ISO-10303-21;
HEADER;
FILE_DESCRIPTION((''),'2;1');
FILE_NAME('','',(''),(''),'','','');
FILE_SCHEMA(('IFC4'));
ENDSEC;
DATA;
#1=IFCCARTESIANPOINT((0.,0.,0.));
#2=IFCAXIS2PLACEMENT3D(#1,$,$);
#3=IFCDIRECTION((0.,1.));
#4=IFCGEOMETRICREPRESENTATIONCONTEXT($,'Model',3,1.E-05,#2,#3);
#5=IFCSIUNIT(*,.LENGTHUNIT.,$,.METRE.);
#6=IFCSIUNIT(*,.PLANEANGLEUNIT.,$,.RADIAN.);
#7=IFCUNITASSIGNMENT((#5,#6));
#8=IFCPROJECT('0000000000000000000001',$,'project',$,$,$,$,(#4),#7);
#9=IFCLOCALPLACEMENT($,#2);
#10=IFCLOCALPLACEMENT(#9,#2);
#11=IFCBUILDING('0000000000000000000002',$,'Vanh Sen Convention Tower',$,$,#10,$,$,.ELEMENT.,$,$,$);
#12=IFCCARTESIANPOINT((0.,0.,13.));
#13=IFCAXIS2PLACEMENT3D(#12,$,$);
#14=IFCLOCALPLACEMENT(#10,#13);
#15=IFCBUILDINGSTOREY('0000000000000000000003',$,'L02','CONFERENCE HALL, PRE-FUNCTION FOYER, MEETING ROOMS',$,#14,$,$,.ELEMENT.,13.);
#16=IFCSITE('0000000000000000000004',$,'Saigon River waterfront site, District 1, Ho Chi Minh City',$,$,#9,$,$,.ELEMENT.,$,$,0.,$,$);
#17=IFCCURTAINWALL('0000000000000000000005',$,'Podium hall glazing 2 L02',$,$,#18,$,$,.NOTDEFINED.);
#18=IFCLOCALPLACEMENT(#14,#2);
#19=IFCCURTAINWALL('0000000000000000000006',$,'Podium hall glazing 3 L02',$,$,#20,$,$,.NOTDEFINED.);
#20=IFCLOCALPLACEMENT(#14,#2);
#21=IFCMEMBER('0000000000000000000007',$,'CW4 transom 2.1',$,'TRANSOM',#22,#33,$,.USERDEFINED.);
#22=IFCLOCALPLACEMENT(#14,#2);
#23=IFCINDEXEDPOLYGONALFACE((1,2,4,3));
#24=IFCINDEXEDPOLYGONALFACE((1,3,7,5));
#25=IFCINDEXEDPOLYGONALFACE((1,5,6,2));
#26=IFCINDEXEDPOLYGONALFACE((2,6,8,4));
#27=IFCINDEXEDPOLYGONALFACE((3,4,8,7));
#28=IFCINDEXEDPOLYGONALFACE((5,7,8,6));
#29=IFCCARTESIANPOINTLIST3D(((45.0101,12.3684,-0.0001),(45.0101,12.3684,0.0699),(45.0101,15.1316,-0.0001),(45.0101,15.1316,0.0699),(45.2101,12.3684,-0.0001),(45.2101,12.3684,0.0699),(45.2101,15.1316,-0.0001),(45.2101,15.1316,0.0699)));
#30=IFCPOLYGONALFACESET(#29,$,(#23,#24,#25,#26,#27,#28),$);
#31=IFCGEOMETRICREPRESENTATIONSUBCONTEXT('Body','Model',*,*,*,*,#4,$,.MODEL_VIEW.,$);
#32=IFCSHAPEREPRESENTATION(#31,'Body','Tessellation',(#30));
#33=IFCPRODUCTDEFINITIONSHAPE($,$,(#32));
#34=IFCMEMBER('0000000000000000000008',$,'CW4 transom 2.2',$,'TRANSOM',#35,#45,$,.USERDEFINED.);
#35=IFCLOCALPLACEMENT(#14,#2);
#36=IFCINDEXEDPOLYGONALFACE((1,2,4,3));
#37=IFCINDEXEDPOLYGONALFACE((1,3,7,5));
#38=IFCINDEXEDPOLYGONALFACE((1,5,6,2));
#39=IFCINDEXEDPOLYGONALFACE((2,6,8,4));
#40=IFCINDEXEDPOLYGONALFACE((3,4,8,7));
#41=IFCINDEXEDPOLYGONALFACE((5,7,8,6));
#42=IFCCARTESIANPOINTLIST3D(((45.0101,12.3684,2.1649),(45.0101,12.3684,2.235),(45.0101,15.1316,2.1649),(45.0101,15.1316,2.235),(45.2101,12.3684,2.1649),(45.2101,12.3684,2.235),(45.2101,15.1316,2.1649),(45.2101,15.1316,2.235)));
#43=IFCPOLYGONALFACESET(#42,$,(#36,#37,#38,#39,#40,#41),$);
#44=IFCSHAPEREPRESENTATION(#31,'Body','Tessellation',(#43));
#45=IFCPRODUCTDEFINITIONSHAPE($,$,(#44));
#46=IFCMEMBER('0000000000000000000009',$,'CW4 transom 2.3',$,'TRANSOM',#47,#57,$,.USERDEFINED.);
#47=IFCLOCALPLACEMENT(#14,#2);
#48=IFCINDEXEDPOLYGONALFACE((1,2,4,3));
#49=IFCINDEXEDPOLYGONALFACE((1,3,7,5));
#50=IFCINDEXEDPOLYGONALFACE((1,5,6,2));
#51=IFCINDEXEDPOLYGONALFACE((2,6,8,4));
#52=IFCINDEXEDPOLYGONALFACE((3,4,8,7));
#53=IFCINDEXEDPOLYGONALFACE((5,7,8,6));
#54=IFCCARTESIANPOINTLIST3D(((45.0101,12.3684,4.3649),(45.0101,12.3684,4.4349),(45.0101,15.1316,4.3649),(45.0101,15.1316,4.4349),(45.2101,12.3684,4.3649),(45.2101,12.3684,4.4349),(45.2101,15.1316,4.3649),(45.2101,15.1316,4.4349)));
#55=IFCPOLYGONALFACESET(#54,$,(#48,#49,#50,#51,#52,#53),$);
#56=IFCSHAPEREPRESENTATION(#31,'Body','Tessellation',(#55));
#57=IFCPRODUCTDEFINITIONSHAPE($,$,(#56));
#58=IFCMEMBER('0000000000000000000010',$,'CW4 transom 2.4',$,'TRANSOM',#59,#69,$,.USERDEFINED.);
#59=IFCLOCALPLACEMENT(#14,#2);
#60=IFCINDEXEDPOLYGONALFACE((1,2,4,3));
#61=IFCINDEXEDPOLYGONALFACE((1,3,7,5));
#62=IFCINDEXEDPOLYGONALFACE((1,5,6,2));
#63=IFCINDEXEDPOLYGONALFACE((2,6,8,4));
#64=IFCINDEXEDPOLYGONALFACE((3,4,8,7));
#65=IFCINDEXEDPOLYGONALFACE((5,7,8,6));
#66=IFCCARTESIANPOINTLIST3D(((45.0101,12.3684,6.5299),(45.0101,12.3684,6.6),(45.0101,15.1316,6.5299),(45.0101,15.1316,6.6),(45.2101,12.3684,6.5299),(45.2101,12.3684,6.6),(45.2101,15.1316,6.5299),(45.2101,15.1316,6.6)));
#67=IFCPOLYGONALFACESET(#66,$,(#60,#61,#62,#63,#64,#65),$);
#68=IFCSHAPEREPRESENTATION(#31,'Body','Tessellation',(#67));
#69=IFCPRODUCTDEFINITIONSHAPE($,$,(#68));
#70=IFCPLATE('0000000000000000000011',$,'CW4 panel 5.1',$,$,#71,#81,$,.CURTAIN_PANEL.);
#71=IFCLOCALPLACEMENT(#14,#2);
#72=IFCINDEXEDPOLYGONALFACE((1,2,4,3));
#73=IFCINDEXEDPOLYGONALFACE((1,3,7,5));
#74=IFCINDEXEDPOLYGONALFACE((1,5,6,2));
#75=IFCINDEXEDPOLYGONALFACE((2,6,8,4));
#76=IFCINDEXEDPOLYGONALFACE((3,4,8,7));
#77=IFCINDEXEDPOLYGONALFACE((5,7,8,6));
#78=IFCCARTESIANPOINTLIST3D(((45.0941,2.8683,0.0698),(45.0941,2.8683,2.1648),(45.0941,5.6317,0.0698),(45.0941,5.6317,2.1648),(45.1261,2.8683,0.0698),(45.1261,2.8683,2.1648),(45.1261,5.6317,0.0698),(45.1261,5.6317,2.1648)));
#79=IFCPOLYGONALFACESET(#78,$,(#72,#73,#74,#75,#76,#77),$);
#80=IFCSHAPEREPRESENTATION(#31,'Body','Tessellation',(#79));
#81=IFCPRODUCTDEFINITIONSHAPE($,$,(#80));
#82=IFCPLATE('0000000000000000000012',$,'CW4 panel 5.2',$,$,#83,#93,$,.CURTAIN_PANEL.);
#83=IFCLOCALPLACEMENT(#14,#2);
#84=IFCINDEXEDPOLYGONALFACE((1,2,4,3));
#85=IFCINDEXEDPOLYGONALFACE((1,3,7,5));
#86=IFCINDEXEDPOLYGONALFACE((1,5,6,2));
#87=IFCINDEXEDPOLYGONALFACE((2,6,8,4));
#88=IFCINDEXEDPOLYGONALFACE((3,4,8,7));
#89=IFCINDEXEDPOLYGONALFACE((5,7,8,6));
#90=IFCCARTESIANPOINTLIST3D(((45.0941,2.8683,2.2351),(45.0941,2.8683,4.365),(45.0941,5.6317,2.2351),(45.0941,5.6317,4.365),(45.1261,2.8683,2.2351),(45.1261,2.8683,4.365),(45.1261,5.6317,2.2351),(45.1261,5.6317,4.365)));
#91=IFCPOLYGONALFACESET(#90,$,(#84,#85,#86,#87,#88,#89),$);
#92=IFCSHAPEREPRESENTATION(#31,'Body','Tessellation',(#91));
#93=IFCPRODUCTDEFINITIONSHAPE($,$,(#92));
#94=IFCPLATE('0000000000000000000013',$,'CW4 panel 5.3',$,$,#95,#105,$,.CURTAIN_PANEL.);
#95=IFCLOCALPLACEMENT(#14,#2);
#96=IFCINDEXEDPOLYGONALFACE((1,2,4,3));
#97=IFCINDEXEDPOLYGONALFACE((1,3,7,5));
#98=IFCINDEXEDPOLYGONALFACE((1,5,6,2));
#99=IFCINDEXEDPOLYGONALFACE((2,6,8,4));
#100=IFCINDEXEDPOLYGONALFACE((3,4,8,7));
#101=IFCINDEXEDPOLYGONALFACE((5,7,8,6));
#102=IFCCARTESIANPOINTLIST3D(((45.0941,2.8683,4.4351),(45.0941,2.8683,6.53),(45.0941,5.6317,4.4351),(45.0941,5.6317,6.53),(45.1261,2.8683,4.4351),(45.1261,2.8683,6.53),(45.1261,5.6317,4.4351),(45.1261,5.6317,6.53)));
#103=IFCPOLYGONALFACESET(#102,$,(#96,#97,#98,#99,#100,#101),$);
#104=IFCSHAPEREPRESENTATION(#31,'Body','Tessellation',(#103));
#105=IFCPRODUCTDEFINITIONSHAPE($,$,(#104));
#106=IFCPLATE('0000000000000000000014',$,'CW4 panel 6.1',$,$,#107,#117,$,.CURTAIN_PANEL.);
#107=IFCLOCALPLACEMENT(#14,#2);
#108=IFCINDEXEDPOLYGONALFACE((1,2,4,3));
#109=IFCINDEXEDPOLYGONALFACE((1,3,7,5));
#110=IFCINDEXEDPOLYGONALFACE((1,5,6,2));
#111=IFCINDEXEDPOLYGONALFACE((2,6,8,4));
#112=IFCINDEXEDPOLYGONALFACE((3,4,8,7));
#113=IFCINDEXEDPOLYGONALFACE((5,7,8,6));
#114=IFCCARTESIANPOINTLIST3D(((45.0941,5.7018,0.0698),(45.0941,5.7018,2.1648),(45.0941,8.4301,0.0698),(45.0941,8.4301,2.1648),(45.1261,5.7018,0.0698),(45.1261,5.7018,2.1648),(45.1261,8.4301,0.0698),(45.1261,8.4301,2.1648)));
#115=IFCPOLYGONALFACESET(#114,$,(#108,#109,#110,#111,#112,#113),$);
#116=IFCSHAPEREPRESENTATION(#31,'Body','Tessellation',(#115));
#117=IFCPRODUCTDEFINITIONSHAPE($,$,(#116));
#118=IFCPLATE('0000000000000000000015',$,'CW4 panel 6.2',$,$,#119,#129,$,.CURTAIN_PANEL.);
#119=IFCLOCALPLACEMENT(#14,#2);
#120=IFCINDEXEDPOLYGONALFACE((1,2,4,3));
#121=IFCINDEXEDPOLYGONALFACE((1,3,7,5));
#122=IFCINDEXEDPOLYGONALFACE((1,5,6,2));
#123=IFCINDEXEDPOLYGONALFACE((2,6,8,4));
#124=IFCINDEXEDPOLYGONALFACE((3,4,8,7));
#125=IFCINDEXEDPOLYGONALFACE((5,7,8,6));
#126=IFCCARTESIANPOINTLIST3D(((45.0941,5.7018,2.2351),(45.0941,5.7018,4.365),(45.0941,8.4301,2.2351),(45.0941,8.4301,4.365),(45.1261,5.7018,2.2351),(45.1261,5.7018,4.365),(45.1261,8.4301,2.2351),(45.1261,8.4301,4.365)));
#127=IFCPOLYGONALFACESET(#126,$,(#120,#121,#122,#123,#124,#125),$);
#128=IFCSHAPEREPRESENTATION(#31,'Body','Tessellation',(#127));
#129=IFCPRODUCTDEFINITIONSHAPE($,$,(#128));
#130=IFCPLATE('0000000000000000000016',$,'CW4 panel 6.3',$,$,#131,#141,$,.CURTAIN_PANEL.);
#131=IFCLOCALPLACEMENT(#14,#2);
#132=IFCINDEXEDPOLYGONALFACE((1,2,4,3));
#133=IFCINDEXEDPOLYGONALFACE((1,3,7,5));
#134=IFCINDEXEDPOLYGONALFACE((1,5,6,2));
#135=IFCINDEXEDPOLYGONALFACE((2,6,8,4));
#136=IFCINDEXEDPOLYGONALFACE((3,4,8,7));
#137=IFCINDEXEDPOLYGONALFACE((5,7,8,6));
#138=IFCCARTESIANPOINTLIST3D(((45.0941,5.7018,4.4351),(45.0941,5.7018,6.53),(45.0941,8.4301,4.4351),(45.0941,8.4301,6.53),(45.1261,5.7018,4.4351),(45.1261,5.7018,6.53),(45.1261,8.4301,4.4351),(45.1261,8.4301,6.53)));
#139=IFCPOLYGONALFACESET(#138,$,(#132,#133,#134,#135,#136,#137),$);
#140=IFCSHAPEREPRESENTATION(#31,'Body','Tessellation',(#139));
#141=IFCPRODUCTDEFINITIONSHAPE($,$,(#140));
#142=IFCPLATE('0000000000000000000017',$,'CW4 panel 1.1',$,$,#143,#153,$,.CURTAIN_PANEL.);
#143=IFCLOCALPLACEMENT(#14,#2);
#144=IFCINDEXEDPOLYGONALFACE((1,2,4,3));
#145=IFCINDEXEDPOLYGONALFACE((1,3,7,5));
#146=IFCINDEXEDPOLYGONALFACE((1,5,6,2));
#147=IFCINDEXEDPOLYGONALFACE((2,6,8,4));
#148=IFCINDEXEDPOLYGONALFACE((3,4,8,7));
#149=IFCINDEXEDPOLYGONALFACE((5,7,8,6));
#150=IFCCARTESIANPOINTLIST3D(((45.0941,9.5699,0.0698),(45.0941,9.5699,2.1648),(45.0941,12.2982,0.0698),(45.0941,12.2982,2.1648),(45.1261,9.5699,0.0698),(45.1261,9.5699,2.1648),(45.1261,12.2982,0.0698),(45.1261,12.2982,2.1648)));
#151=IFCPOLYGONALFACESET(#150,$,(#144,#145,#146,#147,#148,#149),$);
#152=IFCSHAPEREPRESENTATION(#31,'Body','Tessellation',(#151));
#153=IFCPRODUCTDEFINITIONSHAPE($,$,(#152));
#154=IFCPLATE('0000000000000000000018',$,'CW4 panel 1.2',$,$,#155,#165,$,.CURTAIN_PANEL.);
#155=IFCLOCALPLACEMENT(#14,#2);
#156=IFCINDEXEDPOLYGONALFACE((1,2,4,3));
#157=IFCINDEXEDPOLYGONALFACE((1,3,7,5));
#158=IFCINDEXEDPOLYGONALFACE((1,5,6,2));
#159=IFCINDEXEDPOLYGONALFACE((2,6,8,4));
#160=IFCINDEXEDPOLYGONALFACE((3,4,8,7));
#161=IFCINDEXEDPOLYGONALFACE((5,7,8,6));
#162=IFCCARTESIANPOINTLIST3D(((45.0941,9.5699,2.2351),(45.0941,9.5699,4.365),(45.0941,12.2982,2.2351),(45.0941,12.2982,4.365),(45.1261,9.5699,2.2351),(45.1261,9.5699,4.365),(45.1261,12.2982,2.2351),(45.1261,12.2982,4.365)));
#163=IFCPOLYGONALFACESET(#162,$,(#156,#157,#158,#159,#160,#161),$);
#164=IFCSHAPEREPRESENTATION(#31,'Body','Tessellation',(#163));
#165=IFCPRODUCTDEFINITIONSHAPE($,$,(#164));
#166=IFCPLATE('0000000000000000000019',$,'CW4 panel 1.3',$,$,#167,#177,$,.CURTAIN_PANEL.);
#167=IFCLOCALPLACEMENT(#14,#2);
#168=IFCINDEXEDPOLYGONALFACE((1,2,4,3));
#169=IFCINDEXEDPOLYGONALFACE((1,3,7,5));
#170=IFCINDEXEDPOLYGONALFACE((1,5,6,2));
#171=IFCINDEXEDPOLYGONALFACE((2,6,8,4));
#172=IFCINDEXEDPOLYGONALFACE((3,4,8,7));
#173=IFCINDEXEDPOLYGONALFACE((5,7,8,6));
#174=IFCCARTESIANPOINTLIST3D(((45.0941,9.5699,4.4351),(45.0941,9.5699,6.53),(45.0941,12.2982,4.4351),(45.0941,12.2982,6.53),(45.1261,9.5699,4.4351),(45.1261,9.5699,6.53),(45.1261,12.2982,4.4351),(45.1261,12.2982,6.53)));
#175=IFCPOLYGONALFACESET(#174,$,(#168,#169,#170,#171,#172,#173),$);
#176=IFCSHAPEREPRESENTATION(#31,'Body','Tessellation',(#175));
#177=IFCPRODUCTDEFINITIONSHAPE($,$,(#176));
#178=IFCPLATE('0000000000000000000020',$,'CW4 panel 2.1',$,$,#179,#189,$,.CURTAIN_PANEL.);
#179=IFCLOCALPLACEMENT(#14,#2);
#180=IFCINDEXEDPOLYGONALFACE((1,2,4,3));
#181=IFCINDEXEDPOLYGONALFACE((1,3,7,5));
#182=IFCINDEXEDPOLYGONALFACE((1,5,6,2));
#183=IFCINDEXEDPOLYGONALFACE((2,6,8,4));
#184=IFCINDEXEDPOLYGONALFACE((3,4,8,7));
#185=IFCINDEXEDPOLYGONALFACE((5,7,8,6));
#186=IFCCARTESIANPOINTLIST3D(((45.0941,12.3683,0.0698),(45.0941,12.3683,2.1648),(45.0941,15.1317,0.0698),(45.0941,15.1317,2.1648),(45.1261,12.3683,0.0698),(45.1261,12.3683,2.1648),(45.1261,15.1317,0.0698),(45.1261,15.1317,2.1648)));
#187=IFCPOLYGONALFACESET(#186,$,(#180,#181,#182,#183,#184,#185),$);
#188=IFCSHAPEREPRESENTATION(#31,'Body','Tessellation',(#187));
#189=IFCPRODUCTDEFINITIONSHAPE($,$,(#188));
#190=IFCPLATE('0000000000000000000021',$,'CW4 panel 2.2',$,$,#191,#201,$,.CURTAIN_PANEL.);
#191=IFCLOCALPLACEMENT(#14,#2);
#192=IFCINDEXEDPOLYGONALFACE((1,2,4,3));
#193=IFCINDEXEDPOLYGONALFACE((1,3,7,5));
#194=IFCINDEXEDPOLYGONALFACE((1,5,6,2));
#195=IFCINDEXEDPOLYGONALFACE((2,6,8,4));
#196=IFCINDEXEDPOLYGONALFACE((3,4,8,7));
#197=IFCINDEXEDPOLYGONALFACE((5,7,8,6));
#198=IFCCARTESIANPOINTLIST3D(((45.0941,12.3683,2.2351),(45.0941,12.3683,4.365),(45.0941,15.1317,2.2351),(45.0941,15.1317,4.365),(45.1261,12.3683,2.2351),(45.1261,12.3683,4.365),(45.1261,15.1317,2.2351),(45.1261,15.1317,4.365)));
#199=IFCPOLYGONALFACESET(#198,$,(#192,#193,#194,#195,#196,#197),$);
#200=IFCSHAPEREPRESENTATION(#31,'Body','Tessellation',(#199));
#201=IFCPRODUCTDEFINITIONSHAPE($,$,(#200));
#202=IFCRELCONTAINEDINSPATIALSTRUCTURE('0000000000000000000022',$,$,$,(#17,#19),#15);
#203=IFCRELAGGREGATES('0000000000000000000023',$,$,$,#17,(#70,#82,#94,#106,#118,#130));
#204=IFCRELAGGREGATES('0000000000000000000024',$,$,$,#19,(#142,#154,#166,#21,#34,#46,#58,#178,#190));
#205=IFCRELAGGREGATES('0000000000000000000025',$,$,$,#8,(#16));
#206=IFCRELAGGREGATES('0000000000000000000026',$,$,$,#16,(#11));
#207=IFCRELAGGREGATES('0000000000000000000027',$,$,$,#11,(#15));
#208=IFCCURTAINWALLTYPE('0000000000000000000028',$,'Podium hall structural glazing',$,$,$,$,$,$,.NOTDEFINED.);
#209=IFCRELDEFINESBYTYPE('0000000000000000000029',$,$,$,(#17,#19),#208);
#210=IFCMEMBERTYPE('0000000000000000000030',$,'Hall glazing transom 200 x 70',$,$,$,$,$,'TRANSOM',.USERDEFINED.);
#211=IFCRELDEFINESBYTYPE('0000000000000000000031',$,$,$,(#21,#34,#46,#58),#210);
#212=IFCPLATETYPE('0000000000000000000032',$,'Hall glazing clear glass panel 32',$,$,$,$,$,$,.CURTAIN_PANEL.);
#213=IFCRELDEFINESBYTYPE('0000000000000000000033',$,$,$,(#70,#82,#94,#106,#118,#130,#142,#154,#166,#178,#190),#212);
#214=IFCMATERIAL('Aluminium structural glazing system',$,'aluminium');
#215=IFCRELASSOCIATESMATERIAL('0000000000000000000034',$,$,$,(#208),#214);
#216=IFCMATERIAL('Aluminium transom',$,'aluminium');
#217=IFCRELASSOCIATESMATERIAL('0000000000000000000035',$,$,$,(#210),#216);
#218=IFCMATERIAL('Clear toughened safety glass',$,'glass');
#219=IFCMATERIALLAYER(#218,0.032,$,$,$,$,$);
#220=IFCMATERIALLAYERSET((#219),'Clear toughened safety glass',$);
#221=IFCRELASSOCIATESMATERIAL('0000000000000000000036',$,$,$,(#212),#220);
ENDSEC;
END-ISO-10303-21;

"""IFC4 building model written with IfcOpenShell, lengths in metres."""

from ifc_helpers import new_model, si_unit, direction, frame, origin, origin_2d, place, context, subcontext, project, spatial, rectangle, extrude, material, layer, layer_set, material_profile, profile_set, type_object, element, aggregate, save


model = new_model("IFC4")

# Units and contexts
model_context = context("Model", 3, precision=1e-05, world=origin(), true_north=direction((0.0, 1.0)))
body_context = subcontext(model_context, "Body", "Model", "MODEL_VIEW")
ifc_project = project(units=[si_unit("LENGTHUNIT", "METRE"), si_unit("PLANEANGLEUNIT", "RADIAN")], contexts=[model_context])

# Site, building, storey
site_placement = place(None, origin())
site = spatial("IfcSite", under=ifc_project, at=site_placement, Name="Saigon River waterfront site, District 1, Ho Chi Minh City", CompositionType="ELEMENT", RefElevation=0.0)
building_placement = place(site_placement, origin())
building = spatial("IfcBuilding", under=site, at=building_placement, Name="Vanh Sen Convention Tower", CompositionType="ELEMENT")
storey_placement = place(building_placement, frame((0.0, 0.0, 13.0)))
storey = spatial("IfcBuildingStorey", under=building, at=storey_placement, Name="L02", Description="CONFERENCE HALL, PRE-FUNCTION FOYER, MEETING ROOMS", CompositionType="ELEMENT", Elevation=13.0)

# Curtain walls
ifc_material_1 = material(Name="Aluminium structural glazing system", Category="aluminium")
curtain_wall_type = type_object("IfcCurtainWallType", Name="Podium hall structural glazing", PredefinedType="NOTDEFINED", material=ifc_material_1)
curtain_wall_1_placement = place(storey_placement, origin())
curtain_wall_1 = element("IfcCurtainWall", 1, at=curtain_wall_1_placement, inside=storey, type_object=curtain_wall_type, Name="Podium hall glazing 2 L02", PredefinedType="NOTDEFINED")
curtain_wall_2_placement = place(storey_placement, origin())
curtain_wall_2 = element("IfcCurtainWall", 2, at=curtain_wall_2_placement, inside=storey, type_object=curtain_wall_type, Name="Podium hall glazing 3 L02", PredefinedType="NOTDEFINED")

# Members
ifc_material_2 = material(Name="Aluminium transom", Category="aluminium")
ifc_material_profile_1 = material_profile(ifc_material_2, rectangle(XDim=0.2, YDim=0.0701, at=origin_2d()), Name="Hall glazing transom 200 x 70")
ifc_profile_set_1 = profile_set([ifc_material_profile_1], Name="Aluminium transom")
member_type_1 = type_object("IfcMemberType", Name="Hall glazing transom 200 x 70", ElementType="TRANSOM", PredefinedType="USERDEFINED", material=ifc_profile_set_1)
member_1_placement = place(storey_placement, frame((45.1101, 12.3684, 0.0349), z_axis=(0.0, 1.0, 0.0), x_axis=(-1.0, 0.0, 0.0)))
member_1 = element("IfcMember", 3, at=member_1_placement, type_object=member_type_1, Name="CW4 transom 2.1", ObjectType="TRANSOM", PredefinedType="USERDEFINED", context=body_context, shape_type="SweptSolid", body=[
    extrude(rectangle(XDim=0.2, YDim=0.0701, at=origin_2d()), origin(), (0.0, 0.0, 1.0), 2.7632),
])
member_2_placement = place(storey_placement, frame((45.1101, 12.3684, 2.2), z_axis=(0.0, 1.0, 0.0), x_axis=(-1.0, 0.0, 0.0)))
member_2 = element("IfcMember", 4, at=member_2_placement, type_object=member_type_1, Name="CW4 transom 2.2", ObjectType="TRANSOM", PredefinedType="USERDEFINED", context=body_context, shape_type="SweptSolid", body=[
    extrude(rectangle(XDim=0.2, YDim=0.0701, at=origin_2d()), origin(), (0.0, 0.0, 1.0), 2.7632),
])
member_3_placement = place(storey_placement, frame((45.1101, 12.3684, 4.3999), z_axis=(0.0, 1.0, 0.0), x_axis=(-1.0, 0.0, 0.0)))
member_3 = element("IfcMember", 5, at=member_3_placement, type_object=member_type_1, Name="CW4 transom 2.3", ObjectType="TRANSOM", PredefinedType="USERDEFINED", context=body_context, shape_type="SweptSolid", body=[
    extrude(rectangle(XDim=0.2, YDim=0.0701, at=origin_2d()), origin(), (0.0, 0.0, 1.0), 2.7632),
])
member_4_placement = place(storey_placement, frame((45.1101, 12.3684, 6.5649), z_axis=(0.0, 1.0, 0.0), x_axis=(-1.0, 0.0, 0.0)))
member_4 = element("IfcMember", 6, at=member_4_placement, type_object=member_type_1, Name="CW4 transom 2.4", ObjectType="TRANSOM", PredefinedType="USERDEFINED", context=body_context, shape_type="SweptSolid", body=[
    extrude(rectangle(XDim=0.2, YDim=0.0701, at=origin_2d()), origin(), (0.0, 0.0, 1.0), 2.7632),
])

# Plates
ifc_material_3 = material(Name="Clear toughened safety glass", Category="glass")
ifc_layer = layer(ifc_material_3, 0.032)
ifc_layer_set = layer_set([ifc_layer], Name="Clear toughened safety glass")
plate_type = type_object("IfcPlateType", Name="Hall glazing clear glass panel 32", PredefinedType="CURTAIN_PANEL", material=ifc_layer_set)
plate_1_placement = place(storey_placement, frame((45.1101, 4.25, 0.0698), z_axis=(0.0, 0.0, 1.0), x_axis=(0.0, 1.0, 0.0)))
plate_1 = element("IfcPlate", 7, at=plate_1_placement, type_object=plate_type, Name="CW4 panel 5.1", PredefinedType="CURTAIN_PANEL", context=body_context, shape_type="SweptSolid", body=[
    extrude(rectangle(XDim=2.7634, YDim=0.032, at=origin_2d()), origin(), (0.0, 0.0, 1.0), 2.095),
])
plate_2_placement = place(storey_placement, frame((45.1101, 4.25, 2.2351), z_axis=(0.0, 0.0, 1.0), x_axis=(0.0, 1.0, 0.0)))
plate_2 = element("IfcPlate", 8, at=plate_2_placement, type_object=plate_type, Name="CW4 panel 5.2", PredefinedType="CURTAIN_PANEL", context=body_context, shape_type="SweptSolid", body=[
    extrude(rectangle(XDim=2.7634, YDim=0.032, at=origin_2d()), origin(), (0.0, 0.0, 1.0), 2.1299),
])
plate_3_placement = place(storey_placement, frame((45.1101, 4.25, 4.4351), z_axis=(0.0, 0.0, 1.0), x_axis=(0.0, 1.0, 0.0)))
plate_3 = element("IfcPlate", 9, at=plate_3_placement, type_object=plate_type, Name="CW4 panel 5.3", PredefinedType="CURTAIN_PANEL", context=body_context, shape_type="SweptSolid", body=[
    extrude(rectangle(XDim=2.7634, YDim=0.032, at=origin_2d()), origin(), (0.0, 0.0, 1.0), 2.095),
])
plate_4_placement = place(storey_placement, frame((45.1101, 7.0659, 0.0698), z_axis=(0.0, 0.0, 1.0), x_axis=(0.0, 1.0, 0.0)))
plate_4 = element("IfcPlate", 10, at=plate_4_placement, type_object=plate_type, Name="CW4 panel 6.1", PredefinedType="CURTAIN_PANEL", context=body_context, shape_type="SweptSolid", body=[
    extrude(rectangle(XDim=2.7283, YDim=0.032, at=origin_2d()), origin(), (0.0, 0.0, 1.0), 2.095),
])
plate_5_placement = place(storey_placement, frame((45.1101, 7.0659, 2.2351), z_axis=(0.0, 0.0, 1.0), x_axis=(0.0, 1.0, 0.0)))
plate_5 = element("IfcPlate", 11, at=plate_5_placement, type_object=plate_type, Name="CW4 panel 6.2", PredefinedType="CURTAIN_PANEL", context=body_context, shape_type="SweptSolid", body=[
    extrude(rectangle(XDim=2.7283, YDim=0.032, at=origin_2d()), origin(), (0.0, 0.0, 1.0), 2.1299),
])
plate_6_placement = place(storey_placement, frame((45.1101, 7.0659, 4.4351), z_axis=(0.0, 0.0, 1.0), x_axis=(0.0, 1.0, 0.0)))
plate_6 = element("IfcPlate", 12, at=plate_6_placement, type_object=plate_type, Name="CW4 panel 6.3", PredefinedType="CURTAIN_PANEL", context=body_context, shape_type="SweptSolid", body=[
    extrude(rectangle(XDim=2.7283, YDim=0.032, at=origin_2d()), origin(), (0.0, 0.0, 1.0), 2.095),
])
aggregate(curtain_wall_1, [plate_1, plate_2, plate_3, plate_4, plate_5, plate_6])
plate_7_placement = place(storey_placement, frame((45.1101, 10.9341, 0.0698), z_axis=(0.0, 0.0, 1.0), x_axis=(0.0, 1.0, 0.0)))
plate_7 = element("IfcPlate", 13, at=plate_7_placement, type_object=plate_type, Name="CW4 panel 1.1", PredefinedType="CURTAIN_PANEL", context=body_context, shape_type="SweptSolid", body=[
    extrude(rectangle(XDim=2.7283, YDim=0.032, at=origin_2d()), origin(), (0.0, 0.0, 1.0), 2.095),
])
plate_8_placement = place(storey_placement, frame((45.1101, 10.9341, 2.2351), z_axis=(0.0, 0.0, 1.0), x_axis=(0.0, 1.0, 0.0)))
plate_8 = element("IfcPlate", 14, at=plate_8_placement, type_object=plate_type, Name="CW4 panel 1.2", PredefinedType="CURTAIN_PANEL", context=body_context, shape_type="SweptSolid", body=[
    extrude(rectangle(XDim=2.7283, YDim=0.032, at=origin_2d()), origin(), (0.0, 0.0, 1.0), 2.1299),
])
plate_9_placement = place(storey_placement, frame((45.1101, 10.9341, 4.4351), z_axis=(0.0, 0.0, 1.0), x_axis=(0.0, 1.0, 0.0)))
plate_9 = element("IfcPlate", 15, at=plate_9_placement, type_object=plate_type, Name="CW4 panel 1.3", PredefinedType="CURTAIN_PANEL", context=body_context, shape_type="SweptSolid", body=[
    extrude(rectangle(XDim=2.7283, YDim=0.032, at=origin_2d()), origin(), (0.0, 0.0, 1.0), 2.095),
])
plate_10_placement = place(storey_placement, frame((45.1101, 13.75, 0.0698), z_axis=(0.0, 0.0, 1.0), x_axis=(0.0, 1.0, 0.0)))
plate_10 = element("IfcPlate", 16, at=plate_10_placement, type_object=plate_type, Name="CW4 panel 2.1", PredefinedType="CURTAIN_PANEL", context=body_context, shape_type="SweptSolid", body=[
    extrude(rectangle(XDim=2.7634, YDim=0.032, at=origin_2d()), origin(), (0.0, 0.0, 1.0), 2.095),
])
plate_11_placement = place(storey_placement, frame((45.1101, 13.75, 2.2351), z_axis=(0.0, 0.0, 1.0), x_axis=(0.0, 1.0, 0.0)))
plate_11 = element("IfcPlate", 17, at=plate_11_placement, type_object=plate_type, Name="CW4 panel 2.2", PredefinedType="CURTAIN_PANEL", context=body_context, shape_type="SweptSolid", body=[
    extrude(rectangle(XDim=2.7634, YDim=0.032, at=origin_2d()), origin(), (0.0, 0.0, 1.0), 2.1299),
])
aggregate(curtain_wall_2, [plate_7, plate_8, plate_9, member_1, member_2, member_3, member_4, plate_10, plate_11])

save(model, "model.ifc")
